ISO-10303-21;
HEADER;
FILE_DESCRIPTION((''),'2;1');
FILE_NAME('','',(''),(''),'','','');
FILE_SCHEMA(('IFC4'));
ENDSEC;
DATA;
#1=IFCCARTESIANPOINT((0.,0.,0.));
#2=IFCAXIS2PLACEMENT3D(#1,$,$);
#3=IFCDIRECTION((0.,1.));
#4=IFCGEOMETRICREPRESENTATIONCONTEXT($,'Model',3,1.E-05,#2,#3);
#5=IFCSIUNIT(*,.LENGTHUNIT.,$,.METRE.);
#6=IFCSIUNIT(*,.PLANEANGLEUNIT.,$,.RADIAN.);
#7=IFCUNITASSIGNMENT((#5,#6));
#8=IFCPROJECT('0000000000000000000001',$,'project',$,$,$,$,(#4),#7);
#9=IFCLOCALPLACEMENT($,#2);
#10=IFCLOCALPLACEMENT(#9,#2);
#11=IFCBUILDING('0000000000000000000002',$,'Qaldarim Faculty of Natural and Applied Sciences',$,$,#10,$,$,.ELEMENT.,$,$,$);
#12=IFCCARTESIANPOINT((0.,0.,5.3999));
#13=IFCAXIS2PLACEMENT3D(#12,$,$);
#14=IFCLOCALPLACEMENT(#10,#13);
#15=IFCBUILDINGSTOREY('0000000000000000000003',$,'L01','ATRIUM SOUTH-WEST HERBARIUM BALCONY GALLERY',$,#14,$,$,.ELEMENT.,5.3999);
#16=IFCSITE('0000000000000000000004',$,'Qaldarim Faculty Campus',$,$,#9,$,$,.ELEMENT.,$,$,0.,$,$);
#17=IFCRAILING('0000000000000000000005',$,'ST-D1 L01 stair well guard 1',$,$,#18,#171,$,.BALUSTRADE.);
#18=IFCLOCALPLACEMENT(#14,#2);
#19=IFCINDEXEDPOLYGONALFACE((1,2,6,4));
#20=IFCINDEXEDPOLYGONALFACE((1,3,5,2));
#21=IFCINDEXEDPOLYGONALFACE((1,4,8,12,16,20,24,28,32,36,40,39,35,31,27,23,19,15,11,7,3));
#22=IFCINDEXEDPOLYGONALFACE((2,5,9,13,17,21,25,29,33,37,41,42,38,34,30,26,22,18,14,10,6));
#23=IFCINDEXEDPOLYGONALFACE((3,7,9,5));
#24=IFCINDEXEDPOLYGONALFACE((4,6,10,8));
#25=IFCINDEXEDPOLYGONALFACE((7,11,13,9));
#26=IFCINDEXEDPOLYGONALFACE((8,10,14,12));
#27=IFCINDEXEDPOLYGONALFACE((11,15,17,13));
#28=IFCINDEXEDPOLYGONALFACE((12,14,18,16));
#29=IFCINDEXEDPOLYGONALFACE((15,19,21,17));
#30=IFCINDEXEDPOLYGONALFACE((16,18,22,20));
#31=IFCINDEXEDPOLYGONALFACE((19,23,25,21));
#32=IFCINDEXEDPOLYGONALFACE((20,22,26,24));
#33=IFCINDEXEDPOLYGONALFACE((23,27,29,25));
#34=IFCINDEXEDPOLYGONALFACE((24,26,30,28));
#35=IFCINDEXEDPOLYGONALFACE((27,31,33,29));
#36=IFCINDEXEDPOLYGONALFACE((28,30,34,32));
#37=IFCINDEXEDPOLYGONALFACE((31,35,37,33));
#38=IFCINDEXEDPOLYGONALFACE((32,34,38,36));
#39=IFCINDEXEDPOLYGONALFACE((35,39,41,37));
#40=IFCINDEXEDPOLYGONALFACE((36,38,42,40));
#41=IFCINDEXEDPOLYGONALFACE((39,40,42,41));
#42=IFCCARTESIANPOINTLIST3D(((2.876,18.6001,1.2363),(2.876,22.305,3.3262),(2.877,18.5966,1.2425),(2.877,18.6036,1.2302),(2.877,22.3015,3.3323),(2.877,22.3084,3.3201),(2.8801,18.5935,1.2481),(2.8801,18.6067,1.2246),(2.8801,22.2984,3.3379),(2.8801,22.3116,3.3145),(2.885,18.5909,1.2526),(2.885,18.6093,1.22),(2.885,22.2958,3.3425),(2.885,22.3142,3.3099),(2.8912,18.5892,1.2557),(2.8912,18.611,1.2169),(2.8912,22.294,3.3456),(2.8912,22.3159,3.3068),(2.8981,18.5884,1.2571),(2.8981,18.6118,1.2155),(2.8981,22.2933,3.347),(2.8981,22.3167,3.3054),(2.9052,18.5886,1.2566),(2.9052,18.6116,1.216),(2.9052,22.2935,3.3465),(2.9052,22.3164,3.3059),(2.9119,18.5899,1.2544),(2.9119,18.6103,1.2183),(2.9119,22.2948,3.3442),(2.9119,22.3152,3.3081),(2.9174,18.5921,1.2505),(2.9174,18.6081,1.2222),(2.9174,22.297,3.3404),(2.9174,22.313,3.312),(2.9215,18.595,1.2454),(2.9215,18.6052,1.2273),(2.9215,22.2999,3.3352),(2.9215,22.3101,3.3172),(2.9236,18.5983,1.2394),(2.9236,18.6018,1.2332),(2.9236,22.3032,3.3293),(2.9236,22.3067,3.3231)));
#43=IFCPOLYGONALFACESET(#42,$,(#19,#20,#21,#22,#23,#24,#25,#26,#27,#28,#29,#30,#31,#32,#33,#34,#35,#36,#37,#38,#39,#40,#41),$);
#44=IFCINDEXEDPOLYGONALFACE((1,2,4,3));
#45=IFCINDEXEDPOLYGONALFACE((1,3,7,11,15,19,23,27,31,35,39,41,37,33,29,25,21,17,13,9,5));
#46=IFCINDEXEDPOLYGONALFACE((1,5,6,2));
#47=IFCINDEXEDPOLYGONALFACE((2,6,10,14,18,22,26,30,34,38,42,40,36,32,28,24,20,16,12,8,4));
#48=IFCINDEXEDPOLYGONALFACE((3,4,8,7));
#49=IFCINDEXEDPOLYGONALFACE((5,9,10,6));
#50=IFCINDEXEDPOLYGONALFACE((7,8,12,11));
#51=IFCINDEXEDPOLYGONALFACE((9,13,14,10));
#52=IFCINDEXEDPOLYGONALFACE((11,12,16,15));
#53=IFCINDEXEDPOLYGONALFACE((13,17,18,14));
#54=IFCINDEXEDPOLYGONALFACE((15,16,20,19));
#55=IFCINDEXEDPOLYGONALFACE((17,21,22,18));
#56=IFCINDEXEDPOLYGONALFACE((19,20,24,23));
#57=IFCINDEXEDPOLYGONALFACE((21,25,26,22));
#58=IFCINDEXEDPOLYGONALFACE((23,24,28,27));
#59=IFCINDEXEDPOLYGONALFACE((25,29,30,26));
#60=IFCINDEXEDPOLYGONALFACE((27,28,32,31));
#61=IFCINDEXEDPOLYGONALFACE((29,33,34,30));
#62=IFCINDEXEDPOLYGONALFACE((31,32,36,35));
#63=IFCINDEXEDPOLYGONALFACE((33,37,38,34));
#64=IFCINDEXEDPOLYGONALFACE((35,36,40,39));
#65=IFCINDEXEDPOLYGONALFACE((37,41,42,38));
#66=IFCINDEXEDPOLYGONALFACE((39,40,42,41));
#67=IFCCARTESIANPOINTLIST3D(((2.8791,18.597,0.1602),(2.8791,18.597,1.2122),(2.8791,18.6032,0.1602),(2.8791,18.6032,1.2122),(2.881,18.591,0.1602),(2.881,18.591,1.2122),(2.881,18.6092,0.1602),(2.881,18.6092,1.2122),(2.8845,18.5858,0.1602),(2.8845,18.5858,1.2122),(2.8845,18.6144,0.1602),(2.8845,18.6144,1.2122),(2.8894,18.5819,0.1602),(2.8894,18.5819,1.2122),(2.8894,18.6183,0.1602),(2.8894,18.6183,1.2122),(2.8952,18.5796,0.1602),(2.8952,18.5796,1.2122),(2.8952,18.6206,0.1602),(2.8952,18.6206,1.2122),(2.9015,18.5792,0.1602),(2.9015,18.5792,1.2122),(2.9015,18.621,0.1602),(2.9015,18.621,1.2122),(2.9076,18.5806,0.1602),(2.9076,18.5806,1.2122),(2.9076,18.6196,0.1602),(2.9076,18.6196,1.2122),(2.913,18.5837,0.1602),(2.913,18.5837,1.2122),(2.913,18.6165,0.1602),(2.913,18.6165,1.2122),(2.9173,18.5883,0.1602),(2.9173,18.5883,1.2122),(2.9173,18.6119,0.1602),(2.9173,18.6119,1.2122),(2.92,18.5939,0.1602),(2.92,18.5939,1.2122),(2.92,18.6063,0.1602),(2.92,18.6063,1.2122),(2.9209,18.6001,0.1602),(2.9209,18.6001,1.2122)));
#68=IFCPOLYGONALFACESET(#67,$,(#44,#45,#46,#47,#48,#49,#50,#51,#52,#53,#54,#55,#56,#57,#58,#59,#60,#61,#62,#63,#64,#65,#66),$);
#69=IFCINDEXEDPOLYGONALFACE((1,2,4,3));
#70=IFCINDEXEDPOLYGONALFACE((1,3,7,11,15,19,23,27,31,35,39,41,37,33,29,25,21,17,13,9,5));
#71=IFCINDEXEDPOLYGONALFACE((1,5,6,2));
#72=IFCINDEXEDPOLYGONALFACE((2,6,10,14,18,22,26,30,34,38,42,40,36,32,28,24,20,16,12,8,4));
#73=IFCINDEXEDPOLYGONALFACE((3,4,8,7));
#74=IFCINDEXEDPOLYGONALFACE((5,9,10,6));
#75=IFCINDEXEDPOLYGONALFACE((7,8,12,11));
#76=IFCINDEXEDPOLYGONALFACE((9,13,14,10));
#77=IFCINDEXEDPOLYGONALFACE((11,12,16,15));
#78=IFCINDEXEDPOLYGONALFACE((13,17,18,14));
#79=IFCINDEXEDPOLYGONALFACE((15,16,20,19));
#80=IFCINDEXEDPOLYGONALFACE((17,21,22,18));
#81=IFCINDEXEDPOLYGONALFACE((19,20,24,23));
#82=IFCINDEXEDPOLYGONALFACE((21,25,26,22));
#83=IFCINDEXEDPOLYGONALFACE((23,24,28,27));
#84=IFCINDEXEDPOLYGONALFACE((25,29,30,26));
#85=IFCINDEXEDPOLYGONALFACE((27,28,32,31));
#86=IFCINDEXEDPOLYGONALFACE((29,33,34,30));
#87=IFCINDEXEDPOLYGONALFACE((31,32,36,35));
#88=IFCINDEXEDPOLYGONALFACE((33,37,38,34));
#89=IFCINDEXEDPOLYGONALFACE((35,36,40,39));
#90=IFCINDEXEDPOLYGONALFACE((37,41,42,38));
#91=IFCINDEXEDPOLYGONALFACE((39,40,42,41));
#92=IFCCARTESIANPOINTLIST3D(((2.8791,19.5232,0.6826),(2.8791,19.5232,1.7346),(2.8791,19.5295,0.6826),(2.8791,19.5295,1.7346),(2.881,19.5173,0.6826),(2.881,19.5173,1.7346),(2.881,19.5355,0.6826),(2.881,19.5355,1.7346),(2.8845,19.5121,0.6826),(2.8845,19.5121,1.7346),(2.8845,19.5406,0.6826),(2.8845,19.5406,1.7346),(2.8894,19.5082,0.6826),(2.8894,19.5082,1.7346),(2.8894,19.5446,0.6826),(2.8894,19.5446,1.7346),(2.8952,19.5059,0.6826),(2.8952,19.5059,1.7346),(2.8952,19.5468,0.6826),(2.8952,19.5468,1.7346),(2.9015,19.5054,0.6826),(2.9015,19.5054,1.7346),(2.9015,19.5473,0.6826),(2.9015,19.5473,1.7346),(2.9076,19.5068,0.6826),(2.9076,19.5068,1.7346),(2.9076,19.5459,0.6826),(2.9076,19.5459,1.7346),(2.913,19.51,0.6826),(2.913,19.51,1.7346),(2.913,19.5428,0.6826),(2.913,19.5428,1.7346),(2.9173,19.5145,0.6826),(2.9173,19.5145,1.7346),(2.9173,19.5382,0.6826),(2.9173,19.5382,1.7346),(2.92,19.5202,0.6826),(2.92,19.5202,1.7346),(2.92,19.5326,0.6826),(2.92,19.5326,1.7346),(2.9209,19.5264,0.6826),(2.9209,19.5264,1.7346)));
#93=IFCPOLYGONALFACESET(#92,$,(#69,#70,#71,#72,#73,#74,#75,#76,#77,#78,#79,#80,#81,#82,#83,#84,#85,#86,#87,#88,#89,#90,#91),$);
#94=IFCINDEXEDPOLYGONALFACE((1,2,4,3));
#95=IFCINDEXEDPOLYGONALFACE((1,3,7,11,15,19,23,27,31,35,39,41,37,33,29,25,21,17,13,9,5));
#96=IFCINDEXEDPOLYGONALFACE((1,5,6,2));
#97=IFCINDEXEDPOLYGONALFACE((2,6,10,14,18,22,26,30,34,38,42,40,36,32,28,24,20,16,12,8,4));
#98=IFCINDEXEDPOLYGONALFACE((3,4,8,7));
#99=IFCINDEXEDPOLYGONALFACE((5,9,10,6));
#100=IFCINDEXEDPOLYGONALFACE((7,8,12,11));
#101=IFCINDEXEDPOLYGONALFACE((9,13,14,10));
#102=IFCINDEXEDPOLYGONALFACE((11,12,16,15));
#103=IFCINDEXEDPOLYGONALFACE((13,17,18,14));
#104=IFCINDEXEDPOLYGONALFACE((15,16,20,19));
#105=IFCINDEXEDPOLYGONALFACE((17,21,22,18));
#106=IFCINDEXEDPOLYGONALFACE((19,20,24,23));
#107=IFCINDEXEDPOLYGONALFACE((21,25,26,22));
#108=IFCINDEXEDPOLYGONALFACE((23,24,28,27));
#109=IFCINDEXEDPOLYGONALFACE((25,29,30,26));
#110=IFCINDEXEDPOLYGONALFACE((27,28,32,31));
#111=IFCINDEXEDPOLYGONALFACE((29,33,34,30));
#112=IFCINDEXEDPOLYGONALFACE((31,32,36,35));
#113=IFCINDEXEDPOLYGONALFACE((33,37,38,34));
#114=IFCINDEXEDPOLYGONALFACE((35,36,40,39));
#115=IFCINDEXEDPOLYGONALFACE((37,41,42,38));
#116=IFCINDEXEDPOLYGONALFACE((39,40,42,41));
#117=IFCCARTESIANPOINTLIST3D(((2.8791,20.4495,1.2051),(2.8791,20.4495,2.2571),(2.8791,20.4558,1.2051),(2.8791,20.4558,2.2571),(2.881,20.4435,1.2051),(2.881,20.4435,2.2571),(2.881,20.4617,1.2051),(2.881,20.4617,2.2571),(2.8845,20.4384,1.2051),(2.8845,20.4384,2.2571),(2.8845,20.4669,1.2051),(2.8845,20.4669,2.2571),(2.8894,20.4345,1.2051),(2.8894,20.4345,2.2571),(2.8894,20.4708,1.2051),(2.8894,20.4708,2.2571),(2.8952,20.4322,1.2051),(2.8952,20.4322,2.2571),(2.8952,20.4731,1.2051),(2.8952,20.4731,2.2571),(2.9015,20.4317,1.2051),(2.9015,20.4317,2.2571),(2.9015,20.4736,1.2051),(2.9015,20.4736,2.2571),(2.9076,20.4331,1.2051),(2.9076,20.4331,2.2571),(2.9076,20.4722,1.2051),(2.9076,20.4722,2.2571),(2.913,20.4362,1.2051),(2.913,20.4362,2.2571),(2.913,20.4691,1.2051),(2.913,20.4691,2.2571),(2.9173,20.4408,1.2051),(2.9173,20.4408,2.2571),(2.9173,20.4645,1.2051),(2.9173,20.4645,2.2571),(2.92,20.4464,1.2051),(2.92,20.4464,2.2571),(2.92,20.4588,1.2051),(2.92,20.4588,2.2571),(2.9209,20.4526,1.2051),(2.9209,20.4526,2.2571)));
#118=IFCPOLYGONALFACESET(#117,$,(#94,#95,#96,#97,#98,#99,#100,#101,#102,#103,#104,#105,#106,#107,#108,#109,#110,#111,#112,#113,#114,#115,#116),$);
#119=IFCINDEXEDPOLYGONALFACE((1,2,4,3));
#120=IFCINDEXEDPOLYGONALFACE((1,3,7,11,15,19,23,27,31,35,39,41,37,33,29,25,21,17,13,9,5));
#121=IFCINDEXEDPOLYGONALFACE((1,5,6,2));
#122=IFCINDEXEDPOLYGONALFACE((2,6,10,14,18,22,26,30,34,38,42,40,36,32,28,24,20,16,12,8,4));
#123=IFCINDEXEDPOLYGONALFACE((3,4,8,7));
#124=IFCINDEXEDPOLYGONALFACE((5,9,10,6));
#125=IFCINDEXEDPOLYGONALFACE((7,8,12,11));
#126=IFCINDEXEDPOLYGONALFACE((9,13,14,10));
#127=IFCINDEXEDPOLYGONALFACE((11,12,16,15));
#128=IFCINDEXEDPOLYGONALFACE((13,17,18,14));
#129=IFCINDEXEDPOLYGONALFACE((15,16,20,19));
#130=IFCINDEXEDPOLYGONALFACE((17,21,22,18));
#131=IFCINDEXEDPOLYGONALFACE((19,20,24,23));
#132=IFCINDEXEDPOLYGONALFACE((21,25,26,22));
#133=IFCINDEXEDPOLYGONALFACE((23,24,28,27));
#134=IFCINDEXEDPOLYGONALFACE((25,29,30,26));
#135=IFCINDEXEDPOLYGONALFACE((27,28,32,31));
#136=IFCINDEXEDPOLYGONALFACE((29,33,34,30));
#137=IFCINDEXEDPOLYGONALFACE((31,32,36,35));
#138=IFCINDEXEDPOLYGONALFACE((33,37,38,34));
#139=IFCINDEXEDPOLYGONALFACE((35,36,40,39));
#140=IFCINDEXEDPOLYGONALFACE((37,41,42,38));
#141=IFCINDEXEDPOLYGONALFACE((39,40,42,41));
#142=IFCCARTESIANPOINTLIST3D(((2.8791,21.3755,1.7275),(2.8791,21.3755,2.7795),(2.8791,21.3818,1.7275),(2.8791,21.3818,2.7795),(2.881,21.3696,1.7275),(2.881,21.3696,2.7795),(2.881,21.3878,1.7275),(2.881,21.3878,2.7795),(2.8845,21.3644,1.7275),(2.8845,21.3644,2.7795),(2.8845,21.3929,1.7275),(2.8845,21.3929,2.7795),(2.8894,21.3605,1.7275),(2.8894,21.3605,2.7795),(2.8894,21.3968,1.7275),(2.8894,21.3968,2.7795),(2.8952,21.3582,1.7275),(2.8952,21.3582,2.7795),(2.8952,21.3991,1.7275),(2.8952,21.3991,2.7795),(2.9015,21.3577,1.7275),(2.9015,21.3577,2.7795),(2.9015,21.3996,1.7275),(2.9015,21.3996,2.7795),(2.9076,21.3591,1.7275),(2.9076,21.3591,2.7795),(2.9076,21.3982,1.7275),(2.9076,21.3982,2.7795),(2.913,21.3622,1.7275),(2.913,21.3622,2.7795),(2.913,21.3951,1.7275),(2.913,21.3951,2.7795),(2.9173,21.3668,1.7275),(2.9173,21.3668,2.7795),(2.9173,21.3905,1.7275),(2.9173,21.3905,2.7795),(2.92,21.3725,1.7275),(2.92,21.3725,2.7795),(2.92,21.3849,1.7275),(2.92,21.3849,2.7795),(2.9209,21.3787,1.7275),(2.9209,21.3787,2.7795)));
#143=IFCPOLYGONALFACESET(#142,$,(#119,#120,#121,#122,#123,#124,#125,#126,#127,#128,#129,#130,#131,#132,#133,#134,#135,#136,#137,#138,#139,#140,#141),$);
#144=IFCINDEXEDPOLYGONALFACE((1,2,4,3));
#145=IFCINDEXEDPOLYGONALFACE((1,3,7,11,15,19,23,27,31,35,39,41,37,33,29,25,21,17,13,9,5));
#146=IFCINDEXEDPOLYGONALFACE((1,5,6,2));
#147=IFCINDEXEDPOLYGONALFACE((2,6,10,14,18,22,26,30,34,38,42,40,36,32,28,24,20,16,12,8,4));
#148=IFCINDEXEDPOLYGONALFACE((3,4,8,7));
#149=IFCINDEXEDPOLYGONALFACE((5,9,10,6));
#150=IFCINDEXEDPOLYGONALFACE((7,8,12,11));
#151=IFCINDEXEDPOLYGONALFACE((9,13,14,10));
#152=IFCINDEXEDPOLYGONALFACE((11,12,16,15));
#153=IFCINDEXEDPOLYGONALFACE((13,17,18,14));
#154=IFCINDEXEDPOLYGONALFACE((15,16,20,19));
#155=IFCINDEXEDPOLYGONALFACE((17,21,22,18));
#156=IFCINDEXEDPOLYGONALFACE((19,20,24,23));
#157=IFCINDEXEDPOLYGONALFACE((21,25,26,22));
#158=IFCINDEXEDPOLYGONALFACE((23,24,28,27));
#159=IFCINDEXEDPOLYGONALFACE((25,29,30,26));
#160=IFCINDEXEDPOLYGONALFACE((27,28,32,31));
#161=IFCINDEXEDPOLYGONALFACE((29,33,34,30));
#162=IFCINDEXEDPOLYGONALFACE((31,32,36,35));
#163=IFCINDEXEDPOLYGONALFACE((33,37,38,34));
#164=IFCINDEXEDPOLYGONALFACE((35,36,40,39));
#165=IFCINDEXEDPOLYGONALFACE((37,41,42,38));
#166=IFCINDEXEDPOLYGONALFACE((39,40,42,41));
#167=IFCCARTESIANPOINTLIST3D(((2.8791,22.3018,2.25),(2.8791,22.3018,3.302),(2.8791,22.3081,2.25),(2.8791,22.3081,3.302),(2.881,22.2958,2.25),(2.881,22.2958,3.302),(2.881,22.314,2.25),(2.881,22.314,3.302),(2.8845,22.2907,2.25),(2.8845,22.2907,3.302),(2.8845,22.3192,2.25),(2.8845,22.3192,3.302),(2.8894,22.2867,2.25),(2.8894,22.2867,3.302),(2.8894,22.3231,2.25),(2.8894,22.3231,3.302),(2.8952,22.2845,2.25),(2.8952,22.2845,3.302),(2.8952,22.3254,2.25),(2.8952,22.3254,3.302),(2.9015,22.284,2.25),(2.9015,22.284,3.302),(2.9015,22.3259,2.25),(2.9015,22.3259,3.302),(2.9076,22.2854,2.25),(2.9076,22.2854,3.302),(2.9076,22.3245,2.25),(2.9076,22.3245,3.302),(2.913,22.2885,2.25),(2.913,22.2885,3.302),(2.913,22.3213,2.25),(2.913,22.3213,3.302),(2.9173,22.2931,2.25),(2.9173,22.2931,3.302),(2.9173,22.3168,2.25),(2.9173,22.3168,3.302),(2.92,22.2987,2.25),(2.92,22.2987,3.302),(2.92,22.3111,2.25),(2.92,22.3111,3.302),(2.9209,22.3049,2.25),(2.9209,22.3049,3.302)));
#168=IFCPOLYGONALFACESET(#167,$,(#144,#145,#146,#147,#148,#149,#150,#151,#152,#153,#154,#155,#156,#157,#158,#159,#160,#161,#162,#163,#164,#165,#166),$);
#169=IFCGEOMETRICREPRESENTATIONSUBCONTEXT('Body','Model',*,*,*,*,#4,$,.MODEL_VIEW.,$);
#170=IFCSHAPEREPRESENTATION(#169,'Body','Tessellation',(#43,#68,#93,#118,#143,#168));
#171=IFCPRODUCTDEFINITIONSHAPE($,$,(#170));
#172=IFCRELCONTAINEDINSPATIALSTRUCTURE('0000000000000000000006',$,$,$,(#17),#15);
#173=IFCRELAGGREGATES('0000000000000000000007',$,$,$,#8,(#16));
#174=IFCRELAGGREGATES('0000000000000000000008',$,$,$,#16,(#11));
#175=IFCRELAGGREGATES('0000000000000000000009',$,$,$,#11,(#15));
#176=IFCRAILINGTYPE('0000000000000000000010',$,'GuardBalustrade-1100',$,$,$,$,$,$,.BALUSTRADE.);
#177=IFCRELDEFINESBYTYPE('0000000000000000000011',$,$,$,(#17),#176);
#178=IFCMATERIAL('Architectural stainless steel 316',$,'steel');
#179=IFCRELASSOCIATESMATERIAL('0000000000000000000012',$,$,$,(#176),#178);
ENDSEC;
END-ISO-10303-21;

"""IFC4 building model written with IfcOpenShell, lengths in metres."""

from ifc_helpers import new_model, si_unit, direction, frame, origin, origin_2d, place, context, subcontext, project, spatial, circle, extrude, material, type_object, element, save


model = new_model("IFC4")

# Units and contexts
model_context = context("Model", 3, precision=1e-05, world=origin(), true_north=direction((0.0, 1.0)))
body_context = subcontext(model_context, "Body", "Model", "MODEL_VIEW")
ifc_project = project(units=[si_unit("LENGTHUNIT", "METRE"), si_unit("PLANEANGLEUNIT", "RADIAN")], contexts=[model_context])

# Site, building, storey
site_placement = place(None, origin())
site = spatial("IfcSite", under=ifc_project, at=site_placement, Name="Qaldarim Faculty Campus", CompositionType="ELEMENT", RefElevation=0.0)
building_placement = place(site_placement, origin())
building = spatial("IfcBuilding", under=site, at=building_placement, Name="Qaldarim Faculty of Natural and Applied Sciences", CompositionType="ELEMENT")
storey_placement = place(building_placement, frame((0.0, 0.0, 5.3999)))
storey = spatial("IfcBuildingStorey", under=building, at=storey_placement, Name="L01", Description="ATRIUM SOUTH-WEST HERBARIUM BALCONY GALLERY", CompositionType="ELEMENT", Elevation=5.3999)

# Shared definitions
ifc_material_1 = material(Name="Architectural stainless steel 316", Category="steel")

# Railing
railing_type_1 = type_object("IfcRailingType", Name="GuardBalustrade-1100", PredefinedType="BALUSTRADE", material=ifc_material_1)
railing_1_placement = place(storey_placement, frame((2.8999, 18.6001, 0.1602)))
element("IfcRailing", 1, at=railing_1_placement, inside=storey, type_object=railing_type_1, Name="ST-D1 L01 stair well guard 1", PredefinedType="BALUSTRADE", context=body_context, shape_type="SweptSolid", body=[
    extrude(circle(Radius=0.0239, at=origin_2d()), frame((0.0, 0.0, 1.0762), z_axis=(0.0, 0.870985, 0.49131), x_axis=(-1.0, 0.0, 0.0)), (0.0, 0.0, 1.0), 4.2537),
    extrude(circle(Radius=0.021, at=origin_2d()), origin(), (0.0, 0.0, 1.0), 1.052),
    extrude(circle(Radius=0.021, at=origin_2d()), frame((0.0, 0.9263, 0.5225)), (0.0, 0.0, 1.0), 1.052),
    extrude(circle(Radius=0.021, at=origin_2d()), frame((0.0, 1.8525, 1.0449)), (0.0, 0.0, 1.0), 1.052),
    extrude(circle(Radius=0.021, at=origin_2d()), frame((0.0, 2.7786, 1.5674)), (0.0, 0.0, 1.0), 1.052),
    extrude(circle(Radius=0.021, at=origin_2d()), frame((0.0, 3.7048, 2.0898)), (0.0, 0.0, 1.0), 1.052),
])

save(model, "model.ifc")
